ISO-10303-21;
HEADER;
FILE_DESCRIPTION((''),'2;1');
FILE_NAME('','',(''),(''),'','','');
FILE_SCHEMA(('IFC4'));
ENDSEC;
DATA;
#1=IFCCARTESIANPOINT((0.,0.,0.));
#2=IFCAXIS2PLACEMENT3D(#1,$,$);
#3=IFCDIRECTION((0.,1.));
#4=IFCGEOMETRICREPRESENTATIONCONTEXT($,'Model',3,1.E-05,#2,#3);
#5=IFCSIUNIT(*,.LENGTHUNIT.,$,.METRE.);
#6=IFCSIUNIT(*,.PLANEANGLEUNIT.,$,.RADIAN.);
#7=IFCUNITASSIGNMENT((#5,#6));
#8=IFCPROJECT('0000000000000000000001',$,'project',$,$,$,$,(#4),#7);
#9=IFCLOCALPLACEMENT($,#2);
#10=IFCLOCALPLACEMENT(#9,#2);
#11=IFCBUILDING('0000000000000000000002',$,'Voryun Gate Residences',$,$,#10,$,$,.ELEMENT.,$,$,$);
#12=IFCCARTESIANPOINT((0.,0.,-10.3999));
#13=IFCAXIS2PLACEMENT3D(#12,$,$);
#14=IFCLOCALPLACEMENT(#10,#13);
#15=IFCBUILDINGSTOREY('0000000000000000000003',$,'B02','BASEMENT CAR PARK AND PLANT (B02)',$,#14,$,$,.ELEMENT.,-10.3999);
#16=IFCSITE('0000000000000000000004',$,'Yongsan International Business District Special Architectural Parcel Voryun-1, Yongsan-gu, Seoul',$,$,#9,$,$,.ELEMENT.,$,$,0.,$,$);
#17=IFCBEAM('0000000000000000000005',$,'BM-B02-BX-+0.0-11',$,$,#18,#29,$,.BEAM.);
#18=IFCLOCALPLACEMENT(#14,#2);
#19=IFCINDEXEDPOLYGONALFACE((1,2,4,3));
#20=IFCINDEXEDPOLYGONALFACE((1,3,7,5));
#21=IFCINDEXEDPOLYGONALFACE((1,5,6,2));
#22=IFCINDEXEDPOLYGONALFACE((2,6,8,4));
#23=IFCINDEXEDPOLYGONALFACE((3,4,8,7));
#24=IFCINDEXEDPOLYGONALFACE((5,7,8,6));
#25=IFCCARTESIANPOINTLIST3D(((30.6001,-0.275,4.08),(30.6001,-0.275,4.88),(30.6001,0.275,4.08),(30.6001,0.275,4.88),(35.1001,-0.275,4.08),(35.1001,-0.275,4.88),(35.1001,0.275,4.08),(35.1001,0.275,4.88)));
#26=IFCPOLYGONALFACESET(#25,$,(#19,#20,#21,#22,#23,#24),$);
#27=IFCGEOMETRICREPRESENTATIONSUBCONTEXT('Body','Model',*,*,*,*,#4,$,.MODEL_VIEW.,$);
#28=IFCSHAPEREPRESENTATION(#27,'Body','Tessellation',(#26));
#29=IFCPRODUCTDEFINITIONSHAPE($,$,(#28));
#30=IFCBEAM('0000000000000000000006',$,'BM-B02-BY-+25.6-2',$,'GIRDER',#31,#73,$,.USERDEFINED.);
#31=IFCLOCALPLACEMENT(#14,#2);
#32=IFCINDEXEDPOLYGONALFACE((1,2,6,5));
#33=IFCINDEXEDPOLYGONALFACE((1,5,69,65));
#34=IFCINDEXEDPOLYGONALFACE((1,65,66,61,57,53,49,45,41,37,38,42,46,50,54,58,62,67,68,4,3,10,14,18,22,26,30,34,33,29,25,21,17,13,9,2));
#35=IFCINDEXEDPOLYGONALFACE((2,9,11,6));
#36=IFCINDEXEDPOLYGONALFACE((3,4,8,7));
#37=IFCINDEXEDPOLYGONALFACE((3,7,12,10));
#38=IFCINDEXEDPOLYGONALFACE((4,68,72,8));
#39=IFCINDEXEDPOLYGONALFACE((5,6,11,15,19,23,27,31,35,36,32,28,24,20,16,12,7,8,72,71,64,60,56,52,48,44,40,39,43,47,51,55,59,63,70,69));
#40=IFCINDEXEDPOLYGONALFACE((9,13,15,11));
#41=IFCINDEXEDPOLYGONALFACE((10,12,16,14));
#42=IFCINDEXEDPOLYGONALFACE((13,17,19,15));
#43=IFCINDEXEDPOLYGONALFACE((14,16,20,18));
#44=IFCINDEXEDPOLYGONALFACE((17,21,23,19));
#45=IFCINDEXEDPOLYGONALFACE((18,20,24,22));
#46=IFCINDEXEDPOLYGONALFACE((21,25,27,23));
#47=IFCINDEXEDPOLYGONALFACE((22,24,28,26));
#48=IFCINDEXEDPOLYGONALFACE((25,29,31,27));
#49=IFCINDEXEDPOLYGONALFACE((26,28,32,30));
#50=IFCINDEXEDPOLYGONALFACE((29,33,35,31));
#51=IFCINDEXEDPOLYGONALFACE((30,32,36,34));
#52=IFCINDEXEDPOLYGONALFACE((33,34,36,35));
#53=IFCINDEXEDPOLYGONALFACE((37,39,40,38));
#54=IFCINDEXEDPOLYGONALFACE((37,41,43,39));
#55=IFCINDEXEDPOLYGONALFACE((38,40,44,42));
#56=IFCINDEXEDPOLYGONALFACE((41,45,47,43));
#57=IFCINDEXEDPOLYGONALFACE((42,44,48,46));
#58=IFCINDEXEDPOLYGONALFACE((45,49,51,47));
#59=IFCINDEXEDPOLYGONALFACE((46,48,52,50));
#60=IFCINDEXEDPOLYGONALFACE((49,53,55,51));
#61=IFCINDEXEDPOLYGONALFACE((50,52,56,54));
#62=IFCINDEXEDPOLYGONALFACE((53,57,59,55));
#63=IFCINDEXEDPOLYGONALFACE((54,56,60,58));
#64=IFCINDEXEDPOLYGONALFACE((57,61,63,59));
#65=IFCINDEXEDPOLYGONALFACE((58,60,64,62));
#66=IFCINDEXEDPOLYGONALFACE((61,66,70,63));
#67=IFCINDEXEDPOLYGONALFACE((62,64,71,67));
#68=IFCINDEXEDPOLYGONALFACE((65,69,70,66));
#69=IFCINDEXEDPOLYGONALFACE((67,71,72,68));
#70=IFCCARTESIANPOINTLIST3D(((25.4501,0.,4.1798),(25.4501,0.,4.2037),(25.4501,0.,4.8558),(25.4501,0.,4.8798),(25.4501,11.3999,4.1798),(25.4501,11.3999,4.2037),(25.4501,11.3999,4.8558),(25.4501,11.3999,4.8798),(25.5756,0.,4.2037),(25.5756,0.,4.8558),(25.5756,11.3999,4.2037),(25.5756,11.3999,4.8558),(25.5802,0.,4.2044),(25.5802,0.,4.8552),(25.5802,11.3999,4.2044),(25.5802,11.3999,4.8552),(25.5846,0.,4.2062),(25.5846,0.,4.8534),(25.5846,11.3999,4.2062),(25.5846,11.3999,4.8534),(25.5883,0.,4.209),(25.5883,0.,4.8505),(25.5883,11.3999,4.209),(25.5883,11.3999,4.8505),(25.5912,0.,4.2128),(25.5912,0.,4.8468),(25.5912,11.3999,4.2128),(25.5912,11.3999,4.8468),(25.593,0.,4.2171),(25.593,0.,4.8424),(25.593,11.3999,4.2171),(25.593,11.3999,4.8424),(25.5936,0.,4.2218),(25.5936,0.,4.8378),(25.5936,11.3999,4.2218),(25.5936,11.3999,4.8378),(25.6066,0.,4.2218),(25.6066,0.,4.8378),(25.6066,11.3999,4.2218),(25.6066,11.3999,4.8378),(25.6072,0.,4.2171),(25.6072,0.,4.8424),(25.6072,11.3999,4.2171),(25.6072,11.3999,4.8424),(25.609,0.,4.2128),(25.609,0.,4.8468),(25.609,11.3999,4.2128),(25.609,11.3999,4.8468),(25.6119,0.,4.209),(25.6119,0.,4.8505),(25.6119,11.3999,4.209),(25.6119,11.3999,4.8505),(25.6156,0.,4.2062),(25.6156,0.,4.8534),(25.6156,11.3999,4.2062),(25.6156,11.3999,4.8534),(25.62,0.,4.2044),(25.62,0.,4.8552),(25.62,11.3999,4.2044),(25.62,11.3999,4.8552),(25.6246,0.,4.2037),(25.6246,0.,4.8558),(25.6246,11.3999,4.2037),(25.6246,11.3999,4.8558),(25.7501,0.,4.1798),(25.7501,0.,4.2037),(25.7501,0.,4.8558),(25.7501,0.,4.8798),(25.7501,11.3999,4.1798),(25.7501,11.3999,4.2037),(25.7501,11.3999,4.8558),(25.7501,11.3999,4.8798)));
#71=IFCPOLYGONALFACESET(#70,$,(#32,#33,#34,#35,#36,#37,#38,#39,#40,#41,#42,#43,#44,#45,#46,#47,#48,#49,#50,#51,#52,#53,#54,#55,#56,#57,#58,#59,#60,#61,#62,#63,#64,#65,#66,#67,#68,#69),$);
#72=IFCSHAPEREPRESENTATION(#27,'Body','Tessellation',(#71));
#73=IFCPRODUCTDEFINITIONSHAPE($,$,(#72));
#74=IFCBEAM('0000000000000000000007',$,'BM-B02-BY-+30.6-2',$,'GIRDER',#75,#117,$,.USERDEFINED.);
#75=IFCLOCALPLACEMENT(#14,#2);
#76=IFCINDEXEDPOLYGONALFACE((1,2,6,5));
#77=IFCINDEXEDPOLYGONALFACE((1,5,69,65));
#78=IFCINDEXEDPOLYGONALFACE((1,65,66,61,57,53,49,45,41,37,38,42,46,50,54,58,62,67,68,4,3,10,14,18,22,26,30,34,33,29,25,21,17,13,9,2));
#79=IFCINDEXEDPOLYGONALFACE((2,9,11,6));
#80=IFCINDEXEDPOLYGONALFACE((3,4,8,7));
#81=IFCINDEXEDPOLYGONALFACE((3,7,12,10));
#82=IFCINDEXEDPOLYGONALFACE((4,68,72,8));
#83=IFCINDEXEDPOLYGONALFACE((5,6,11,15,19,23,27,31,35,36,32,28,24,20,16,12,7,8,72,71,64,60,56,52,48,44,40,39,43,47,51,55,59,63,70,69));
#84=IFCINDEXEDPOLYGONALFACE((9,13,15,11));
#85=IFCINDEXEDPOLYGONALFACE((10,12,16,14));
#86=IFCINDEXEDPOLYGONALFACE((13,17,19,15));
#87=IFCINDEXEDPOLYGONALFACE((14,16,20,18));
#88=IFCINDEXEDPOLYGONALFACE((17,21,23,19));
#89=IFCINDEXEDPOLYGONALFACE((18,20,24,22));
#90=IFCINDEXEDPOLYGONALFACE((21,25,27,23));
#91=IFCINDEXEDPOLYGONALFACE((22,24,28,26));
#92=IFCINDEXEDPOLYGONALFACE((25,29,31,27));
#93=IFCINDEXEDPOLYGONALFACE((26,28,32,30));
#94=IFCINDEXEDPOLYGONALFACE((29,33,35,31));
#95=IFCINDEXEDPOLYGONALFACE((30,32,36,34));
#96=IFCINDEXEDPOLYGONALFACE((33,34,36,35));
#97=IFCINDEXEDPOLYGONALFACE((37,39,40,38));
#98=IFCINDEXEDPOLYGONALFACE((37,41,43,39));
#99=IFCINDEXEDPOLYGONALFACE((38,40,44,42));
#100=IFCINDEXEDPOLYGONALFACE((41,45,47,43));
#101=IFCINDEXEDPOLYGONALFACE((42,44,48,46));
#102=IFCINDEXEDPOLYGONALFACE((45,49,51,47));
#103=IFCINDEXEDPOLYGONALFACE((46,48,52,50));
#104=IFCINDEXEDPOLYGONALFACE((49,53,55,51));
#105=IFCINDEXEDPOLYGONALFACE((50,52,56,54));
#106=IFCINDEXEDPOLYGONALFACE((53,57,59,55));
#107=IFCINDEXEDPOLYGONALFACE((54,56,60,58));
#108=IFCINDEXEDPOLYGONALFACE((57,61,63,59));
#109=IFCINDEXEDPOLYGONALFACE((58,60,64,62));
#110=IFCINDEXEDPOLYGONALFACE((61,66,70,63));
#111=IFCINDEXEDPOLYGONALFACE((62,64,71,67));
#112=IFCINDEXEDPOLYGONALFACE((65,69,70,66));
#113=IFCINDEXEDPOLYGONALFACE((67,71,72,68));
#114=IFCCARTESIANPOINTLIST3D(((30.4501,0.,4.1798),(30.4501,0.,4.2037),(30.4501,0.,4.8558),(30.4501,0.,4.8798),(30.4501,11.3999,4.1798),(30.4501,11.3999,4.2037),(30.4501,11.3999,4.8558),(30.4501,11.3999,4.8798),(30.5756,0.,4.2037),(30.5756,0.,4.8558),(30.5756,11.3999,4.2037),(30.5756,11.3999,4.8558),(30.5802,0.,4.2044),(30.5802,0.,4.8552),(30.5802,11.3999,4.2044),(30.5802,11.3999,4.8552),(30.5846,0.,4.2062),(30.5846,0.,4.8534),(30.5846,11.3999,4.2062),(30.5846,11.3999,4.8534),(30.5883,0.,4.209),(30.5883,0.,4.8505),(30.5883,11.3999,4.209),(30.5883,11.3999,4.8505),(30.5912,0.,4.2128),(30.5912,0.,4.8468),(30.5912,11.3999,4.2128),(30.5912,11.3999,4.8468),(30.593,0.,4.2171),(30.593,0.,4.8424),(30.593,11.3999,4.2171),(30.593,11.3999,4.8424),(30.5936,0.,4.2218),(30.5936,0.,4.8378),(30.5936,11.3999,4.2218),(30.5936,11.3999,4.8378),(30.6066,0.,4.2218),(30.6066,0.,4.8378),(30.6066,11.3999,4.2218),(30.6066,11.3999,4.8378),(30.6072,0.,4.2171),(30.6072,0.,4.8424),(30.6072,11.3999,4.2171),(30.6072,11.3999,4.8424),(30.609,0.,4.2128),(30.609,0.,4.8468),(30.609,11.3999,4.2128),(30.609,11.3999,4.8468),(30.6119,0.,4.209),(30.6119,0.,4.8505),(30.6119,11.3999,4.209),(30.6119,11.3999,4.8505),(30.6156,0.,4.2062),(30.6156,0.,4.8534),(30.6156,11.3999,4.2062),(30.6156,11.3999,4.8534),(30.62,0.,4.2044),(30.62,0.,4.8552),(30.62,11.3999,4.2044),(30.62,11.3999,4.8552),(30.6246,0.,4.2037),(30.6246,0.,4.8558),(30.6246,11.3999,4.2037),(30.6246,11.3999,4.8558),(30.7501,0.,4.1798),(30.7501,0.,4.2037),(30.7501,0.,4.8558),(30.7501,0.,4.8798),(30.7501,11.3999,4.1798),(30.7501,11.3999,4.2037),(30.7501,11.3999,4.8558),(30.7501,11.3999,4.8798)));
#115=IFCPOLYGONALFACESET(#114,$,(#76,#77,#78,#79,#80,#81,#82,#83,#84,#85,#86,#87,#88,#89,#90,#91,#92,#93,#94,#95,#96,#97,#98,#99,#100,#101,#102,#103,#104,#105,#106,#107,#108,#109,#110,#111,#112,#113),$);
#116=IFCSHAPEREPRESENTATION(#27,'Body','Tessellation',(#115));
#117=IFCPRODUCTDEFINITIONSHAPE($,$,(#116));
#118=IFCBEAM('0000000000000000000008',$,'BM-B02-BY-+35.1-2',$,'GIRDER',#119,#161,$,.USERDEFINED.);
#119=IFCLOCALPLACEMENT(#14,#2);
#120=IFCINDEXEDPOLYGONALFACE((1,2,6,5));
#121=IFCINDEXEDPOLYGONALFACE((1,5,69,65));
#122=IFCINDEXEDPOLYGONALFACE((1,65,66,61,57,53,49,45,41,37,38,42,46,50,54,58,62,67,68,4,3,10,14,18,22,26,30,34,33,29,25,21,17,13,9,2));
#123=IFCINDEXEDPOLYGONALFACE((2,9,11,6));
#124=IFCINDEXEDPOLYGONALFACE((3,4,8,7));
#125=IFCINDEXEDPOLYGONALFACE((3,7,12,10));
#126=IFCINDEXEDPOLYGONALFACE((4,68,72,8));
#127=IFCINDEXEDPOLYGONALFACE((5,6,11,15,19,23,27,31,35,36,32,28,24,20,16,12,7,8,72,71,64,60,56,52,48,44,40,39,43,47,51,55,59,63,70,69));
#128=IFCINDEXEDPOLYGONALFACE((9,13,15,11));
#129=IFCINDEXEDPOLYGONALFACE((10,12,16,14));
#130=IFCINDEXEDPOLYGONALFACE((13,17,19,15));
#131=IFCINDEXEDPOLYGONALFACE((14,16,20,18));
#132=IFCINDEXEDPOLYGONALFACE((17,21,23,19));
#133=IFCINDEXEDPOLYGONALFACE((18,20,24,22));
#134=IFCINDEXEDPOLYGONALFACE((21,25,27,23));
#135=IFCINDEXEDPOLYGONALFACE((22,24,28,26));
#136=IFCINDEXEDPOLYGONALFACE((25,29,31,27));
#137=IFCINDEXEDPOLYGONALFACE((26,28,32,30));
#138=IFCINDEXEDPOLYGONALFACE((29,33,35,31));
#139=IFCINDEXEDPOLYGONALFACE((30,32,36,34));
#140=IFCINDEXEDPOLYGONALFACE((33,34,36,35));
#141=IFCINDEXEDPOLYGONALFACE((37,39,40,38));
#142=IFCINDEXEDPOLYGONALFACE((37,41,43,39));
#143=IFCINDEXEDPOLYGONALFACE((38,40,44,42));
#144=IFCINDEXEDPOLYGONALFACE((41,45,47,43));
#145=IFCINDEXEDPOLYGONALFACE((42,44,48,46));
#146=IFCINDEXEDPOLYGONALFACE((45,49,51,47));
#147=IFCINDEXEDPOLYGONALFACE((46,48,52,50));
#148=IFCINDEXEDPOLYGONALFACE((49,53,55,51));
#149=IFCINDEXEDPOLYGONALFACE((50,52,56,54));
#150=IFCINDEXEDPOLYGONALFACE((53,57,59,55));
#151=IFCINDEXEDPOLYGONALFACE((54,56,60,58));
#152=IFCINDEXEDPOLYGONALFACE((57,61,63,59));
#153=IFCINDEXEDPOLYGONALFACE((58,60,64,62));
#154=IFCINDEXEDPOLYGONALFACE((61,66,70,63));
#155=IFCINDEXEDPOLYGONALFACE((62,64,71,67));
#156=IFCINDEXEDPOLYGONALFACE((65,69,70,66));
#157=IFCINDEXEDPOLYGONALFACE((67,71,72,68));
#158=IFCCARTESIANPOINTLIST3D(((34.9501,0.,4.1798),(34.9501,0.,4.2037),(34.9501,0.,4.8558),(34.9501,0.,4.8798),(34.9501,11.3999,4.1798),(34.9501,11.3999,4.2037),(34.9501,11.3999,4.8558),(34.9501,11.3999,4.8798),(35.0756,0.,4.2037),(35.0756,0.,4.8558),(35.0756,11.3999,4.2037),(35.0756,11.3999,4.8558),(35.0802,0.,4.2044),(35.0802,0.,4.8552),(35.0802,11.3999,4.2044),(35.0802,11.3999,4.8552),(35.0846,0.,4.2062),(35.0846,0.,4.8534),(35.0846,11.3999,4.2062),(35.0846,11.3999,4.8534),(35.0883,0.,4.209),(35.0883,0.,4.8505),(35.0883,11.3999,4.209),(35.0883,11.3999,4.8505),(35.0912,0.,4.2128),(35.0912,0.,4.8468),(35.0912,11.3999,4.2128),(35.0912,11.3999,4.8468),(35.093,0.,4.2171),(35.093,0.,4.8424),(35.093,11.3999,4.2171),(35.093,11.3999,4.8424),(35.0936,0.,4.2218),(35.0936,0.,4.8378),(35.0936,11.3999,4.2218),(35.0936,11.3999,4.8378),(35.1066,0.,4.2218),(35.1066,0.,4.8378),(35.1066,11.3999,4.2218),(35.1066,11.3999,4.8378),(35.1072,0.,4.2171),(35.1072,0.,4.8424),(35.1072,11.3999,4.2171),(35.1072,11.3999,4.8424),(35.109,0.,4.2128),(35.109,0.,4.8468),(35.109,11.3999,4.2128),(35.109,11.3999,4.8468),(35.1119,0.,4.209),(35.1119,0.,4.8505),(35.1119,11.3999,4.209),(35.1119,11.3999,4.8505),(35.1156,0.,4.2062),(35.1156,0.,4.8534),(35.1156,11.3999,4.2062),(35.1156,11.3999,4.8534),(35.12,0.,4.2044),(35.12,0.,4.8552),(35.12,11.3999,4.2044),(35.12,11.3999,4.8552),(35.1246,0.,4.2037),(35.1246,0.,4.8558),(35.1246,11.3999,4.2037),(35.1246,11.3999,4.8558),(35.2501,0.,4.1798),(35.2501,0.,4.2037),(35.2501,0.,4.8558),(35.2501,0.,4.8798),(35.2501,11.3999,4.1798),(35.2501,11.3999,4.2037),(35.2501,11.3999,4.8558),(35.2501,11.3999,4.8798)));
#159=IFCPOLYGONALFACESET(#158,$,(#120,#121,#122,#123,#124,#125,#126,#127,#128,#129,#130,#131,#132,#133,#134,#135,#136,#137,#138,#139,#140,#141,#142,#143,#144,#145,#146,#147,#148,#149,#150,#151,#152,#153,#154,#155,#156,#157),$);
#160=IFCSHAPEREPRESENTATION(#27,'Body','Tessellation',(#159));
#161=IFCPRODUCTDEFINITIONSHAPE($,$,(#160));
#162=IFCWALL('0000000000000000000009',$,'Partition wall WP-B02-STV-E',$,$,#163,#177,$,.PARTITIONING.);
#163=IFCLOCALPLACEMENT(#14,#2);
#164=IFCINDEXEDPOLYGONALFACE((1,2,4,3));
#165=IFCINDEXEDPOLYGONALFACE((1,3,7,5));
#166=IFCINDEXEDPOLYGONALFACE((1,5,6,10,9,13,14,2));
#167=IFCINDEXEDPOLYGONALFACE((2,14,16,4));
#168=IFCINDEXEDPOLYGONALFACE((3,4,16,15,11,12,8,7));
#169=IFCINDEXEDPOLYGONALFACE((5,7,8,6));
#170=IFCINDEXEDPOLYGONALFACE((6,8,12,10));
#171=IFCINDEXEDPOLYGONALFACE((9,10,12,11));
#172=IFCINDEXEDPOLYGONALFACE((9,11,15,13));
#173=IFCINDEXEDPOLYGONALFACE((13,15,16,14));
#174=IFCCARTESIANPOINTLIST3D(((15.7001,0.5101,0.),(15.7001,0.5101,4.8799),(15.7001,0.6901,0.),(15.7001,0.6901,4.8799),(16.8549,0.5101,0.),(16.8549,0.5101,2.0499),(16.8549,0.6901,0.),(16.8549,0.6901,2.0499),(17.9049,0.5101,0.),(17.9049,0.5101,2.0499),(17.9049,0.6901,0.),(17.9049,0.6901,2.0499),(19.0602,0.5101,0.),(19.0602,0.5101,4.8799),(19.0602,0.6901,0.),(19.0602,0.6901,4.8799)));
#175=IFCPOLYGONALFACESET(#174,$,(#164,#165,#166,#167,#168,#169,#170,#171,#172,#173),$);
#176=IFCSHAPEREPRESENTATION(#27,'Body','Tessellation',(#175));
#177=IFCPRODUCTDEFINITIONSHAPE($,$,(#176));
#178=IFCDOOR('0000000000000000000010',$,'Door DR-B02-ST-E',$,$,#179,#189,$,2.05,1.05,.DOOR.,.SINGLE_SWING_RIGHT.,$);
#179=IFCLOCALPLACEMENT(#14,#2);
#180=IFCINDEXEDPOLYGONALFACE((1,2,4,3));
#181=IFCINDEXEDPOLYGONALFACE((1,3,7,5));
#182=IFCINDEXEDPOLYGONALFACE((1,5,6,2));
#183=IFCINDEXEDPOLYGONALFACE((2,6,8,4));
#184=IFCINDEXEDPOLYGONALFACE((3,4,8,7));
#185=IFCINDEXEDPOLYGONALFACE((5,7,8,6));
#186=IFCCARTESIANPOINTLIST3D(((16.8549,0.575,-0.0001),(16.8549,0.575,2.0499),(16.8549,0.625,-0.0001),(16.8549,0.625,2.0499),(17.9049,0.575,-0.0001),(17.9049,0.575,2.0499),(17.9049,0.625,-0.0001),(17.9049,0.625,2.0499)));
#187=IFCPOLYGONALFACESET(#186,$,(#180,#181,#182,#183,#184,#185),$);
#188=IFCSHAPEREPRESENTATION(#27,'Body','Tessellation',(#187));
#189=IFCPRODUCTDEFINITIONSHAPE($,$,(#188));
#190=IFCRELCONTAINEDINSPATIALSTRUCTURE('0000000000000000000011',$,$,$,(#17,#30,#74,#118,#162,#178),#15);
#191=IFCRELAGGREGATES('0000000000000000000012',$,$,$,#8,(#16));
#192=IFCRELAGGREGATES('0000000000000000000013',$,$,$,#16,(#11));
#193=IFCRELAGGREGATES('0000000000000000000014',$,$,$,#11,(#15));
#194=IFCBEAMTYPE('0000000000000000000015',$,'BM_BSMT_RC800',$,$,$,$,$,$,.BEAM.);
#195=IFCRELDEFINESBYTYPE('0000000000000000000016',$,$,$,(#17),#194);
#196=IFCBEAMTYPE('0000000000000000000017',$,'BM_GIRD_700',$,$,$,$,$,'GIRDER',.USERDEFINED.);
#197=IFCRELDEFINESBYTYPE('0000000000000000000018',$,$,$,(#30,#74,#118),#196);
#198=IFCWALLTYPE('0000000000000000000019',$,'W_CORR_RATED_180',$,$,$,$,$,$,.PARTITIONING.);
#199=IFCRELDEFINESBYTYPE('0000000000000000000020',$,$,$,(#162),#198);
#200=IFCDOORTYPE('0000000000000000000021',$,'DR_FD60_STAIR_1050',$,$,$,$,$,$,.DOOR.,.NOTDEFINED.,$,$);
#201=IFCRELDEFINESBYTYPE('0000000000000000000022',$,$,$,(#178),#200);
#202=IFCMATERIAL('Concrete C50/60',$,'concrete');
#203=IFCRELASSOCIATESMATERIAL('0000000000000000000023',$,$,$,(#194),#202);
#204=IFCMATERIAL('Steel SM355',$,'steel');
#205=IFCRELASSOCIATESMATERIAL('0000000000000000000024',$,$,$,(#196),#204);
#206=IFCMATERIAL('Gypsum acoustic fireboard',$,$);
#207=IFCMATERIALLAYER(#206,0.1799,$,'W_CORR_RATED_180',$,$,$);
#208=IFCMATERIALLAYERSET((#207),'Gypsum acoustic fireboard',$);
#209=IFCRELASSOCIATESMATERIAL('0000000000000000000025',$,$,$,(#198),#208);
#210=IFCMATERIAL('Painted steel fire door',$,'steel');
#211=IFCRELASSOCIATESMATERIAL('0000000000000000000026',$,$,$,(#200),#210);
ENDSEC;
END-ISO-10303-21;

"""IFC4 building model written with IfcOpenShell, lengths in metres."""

from ifc_helpers import new_model, si_unit, direction, frame, frame_2d, origin, origin_2d, place, context, subcontext, project, spatial, rectangle, i_section, extrude, material, layer, layer_set, material_profile, profile_set, type_object, element, fill, save


model = new_model("IFC4")

# Units and contexts
model_context = context("Model", 3, precision=1e-05, world=origin(), true_north=direction((0.0, 1.0)))
body_context = subcontext(model_context, "Body", "Model", "MODEL_VIEW")
ifc_project = project(units=[si_unit("LENGTHUNIT", "METRE"), si_unit("PLANEANGLEUNIT", "RADIAN")], contexts=[model_context])

# Site, building, storey
site_placement = place(None, origin())
site = spatial("IfcSite", under=ifc_project, at=site_placement, Name="Yongsan International Business District Special Architectural Parcel Voryun-1, Yongsan-gu, Seoul", CompositionType="ELEMENT", RefElevation=0.0)
building_placement = place(site_placement, origin())
building = spatial("IfcBuilding", under=site, at=building_placement, Name="Voryun Gate Residences", CompositionType="ELEMENT")
storey_placement = place(building_placement, frame((0.0, 0.0, -10.3999)))
storey = spatial("IfcBuildingStorey", under=building, at=storey_placement, Name="B02", Description="BASEMENT CAR PARK AND PLANT (B02)", CompositionType="ELEMENT", Elevation=-10.3999)

# Beams
ifc_material_1 = material(Name="Concrete C50/60", Category="concrete")
ifc_material_profile_1 = material_profile(ifc_material_1, rectangle(XDim=0.55, YDim=0.8, at=origin_2d()), Name="RC-550x800")
ifc_profile_set_1 = profile_set([ifc_material_profile_1], Name="Concrete C50/60")
beam_type_1 = type_object("IfcBeamType", Name="BM_BSMT_RC800", PredefinedType="BEAM", material=ifc_profile_set_1)
beam_1_placement = place(storey_placement, frame((30.6001, 0.0, 4.48), z_axis=(1.0, 0.0, 0.0), x_axis=(0.0, 1.0, 0.0)))
element("IfcBeam", 1, at=beam_1_placement, inside=storey, type_object=beam_type_1, Name="BM-B02-BX-+0.0-11", PredefinedType="BEAM", context=body_context, shape_type="SweptSolid", body=[
    extrude(rectangle(XDim=0.55, YDim=0.8, at=origin_2d()), origin(), (0.0, 0.0, 1.0), 4.5),
])
ifc_material_2 = material(Name="Steel SM355", Category="steel")
ifc_material_profile_2 = material_profile(ifc_material_2, i_section(OverallWidth=0.3, OverallDepth=0.7, WebThickness=0.0129, FlangeThickness=0.0239, FilletRadius=0.0181, at=origin_2d()), Name="H-700x300x13x24")
ifc_profile_set_2 = profile_set([ifc_material_profile_2], Name="Steel SM355")
beam_type_2 = type_object("IfcBeamType", Name="BM_GIRD_700", ElementType="GIRDER", PredefinedType="USERDEFINED", material=ifc_profile_set_2)
for number, where, z_axis, x_axis, name in (
    (2, (25.6001, 0.0, 4.5298), (0.0, 1.0, 0.0), (-1.0, 0.0, 0.0), "BM-B02-BY-+25.6-2"),
    (3, (30.6001, 0.0, 4.5298), (0.0, 1.0, 0.0), (-1.0, 0.0, 0.0), "BM-B02-BY-+30.6-2"),
    (4, (35.1001, 0.0, 4.5298), (0.0, 1.0, 0.0), (-1.0, 0.0, 0.0), "BM-B02-BY-+35.1-2"),
):
    element("IfcBeam", number, at=place(storey_placement, frame(where, z_axis=z_axis, x_axis=x_axis)), inside=storey, type_object=beam_type_2, Name=name, ObjectType="GIRDER", PredefinedType="USERDEFINED", context=body_context, shape_type="SweptSolid", body=[
        extrude(i_section(OverallWidth=0.3, OverallDepth=0.7, WebThickness=0.0129, FlangeThickness=0.0239, FilletRadius=0.0181, at=origin_2d()), origin(), (0.0, 0.0, 1.0), 11.3999),
    ])

# Wall, opening, door
ifc_material_3 = material(Name="Gypsum acoustic fireboard")
ifc_layer_1 = layer(ifc_material_3, 0.1799, Name="W_CORR_RATED_180")
ifc_layer_set_1 = layer_set([ifc_layer_1], Name="Gypsum acoustic fireboard")
wall_type_1 = type_object("IfcWallType", Name="W_CORR_RATED_180", PredefinedType="PARTITIONING", material=ifc_layer_set_1)
wall_1_placement = place(storey_placement, frame((15.7, 0.6001, 0.0), z_axis=(0.0, 0.0, 1.0), x_axis=(1.0, 0.0, 0.0)))
wall_1 = element("IfcWall", 5, at=wall_1_placement, inside=storey, type_object=wall_type_1, Name="Partition wall WP-B02-STV-E", PredefinedType="PARTITIONING", context=body_context, shape_type="SweptSolid", body=[
    extrude(rectangle(XDim=3.3601, YDim=0.1799, at=frame_2d((1.6802, 0.0))), origin(), (0.0, 0.0, 1.0), 4.8799),
])
opening_placement = place(wall_1_placement, frame((1.155, 0.0, 0.0)))
opening = element("IfcOpeningElement", 6, at=opening_placement, cuts=wall_1, PredefinedType="OPENING", context=body_context, shape_type="SweptSolid", body=[
    extrude(rectangle(XDim=1.05, YDim=2.05, at=frame_2d((0.5249, 1.0249))), frame((0.0, 0.0999, 0.0), z_axis=(0.0, -1.0, 0.0), x_axis=(1.0, 0.0, 0.0)), (0.0, 0.0, 1.0), 0.2),
])
ifc_material_4 = material(Name="Painted steel fire door", Category="steel")
door_type = type_object("IfcDoorType", Name="DR_FD60_STAIR_1050", OperationType="NOTDEFINED", PredefinedType="DOOR", material=ifc_material_4)
door_placement = place(opening_placement, origin())
door = element("IfcDoor", 7, at=door_placement, inside=storey, type_object=door_type, Name="Door DR-B02-ST-E", OperationType="SINGLE_SWING_RIGHT", OverallHeight=2.05, OverallWidth=1.05, PredefinedType="DOOR", context=body_context, shape_type="SweptSolid", body=[
    extrude(rectangle(XDim=1.05, YDim=2.05, at=frame_2d((0.5249, 1.0249))), frame((0.0, 0.0249, 0.0), z_axis=(0.0, -1.0, 0.0), x_axis=(1.0, 0.0, 0.0)), (0.0, 0.0, 1.0), 0.05),
])
fill(opening, door)

save(model, "model.ifc")
